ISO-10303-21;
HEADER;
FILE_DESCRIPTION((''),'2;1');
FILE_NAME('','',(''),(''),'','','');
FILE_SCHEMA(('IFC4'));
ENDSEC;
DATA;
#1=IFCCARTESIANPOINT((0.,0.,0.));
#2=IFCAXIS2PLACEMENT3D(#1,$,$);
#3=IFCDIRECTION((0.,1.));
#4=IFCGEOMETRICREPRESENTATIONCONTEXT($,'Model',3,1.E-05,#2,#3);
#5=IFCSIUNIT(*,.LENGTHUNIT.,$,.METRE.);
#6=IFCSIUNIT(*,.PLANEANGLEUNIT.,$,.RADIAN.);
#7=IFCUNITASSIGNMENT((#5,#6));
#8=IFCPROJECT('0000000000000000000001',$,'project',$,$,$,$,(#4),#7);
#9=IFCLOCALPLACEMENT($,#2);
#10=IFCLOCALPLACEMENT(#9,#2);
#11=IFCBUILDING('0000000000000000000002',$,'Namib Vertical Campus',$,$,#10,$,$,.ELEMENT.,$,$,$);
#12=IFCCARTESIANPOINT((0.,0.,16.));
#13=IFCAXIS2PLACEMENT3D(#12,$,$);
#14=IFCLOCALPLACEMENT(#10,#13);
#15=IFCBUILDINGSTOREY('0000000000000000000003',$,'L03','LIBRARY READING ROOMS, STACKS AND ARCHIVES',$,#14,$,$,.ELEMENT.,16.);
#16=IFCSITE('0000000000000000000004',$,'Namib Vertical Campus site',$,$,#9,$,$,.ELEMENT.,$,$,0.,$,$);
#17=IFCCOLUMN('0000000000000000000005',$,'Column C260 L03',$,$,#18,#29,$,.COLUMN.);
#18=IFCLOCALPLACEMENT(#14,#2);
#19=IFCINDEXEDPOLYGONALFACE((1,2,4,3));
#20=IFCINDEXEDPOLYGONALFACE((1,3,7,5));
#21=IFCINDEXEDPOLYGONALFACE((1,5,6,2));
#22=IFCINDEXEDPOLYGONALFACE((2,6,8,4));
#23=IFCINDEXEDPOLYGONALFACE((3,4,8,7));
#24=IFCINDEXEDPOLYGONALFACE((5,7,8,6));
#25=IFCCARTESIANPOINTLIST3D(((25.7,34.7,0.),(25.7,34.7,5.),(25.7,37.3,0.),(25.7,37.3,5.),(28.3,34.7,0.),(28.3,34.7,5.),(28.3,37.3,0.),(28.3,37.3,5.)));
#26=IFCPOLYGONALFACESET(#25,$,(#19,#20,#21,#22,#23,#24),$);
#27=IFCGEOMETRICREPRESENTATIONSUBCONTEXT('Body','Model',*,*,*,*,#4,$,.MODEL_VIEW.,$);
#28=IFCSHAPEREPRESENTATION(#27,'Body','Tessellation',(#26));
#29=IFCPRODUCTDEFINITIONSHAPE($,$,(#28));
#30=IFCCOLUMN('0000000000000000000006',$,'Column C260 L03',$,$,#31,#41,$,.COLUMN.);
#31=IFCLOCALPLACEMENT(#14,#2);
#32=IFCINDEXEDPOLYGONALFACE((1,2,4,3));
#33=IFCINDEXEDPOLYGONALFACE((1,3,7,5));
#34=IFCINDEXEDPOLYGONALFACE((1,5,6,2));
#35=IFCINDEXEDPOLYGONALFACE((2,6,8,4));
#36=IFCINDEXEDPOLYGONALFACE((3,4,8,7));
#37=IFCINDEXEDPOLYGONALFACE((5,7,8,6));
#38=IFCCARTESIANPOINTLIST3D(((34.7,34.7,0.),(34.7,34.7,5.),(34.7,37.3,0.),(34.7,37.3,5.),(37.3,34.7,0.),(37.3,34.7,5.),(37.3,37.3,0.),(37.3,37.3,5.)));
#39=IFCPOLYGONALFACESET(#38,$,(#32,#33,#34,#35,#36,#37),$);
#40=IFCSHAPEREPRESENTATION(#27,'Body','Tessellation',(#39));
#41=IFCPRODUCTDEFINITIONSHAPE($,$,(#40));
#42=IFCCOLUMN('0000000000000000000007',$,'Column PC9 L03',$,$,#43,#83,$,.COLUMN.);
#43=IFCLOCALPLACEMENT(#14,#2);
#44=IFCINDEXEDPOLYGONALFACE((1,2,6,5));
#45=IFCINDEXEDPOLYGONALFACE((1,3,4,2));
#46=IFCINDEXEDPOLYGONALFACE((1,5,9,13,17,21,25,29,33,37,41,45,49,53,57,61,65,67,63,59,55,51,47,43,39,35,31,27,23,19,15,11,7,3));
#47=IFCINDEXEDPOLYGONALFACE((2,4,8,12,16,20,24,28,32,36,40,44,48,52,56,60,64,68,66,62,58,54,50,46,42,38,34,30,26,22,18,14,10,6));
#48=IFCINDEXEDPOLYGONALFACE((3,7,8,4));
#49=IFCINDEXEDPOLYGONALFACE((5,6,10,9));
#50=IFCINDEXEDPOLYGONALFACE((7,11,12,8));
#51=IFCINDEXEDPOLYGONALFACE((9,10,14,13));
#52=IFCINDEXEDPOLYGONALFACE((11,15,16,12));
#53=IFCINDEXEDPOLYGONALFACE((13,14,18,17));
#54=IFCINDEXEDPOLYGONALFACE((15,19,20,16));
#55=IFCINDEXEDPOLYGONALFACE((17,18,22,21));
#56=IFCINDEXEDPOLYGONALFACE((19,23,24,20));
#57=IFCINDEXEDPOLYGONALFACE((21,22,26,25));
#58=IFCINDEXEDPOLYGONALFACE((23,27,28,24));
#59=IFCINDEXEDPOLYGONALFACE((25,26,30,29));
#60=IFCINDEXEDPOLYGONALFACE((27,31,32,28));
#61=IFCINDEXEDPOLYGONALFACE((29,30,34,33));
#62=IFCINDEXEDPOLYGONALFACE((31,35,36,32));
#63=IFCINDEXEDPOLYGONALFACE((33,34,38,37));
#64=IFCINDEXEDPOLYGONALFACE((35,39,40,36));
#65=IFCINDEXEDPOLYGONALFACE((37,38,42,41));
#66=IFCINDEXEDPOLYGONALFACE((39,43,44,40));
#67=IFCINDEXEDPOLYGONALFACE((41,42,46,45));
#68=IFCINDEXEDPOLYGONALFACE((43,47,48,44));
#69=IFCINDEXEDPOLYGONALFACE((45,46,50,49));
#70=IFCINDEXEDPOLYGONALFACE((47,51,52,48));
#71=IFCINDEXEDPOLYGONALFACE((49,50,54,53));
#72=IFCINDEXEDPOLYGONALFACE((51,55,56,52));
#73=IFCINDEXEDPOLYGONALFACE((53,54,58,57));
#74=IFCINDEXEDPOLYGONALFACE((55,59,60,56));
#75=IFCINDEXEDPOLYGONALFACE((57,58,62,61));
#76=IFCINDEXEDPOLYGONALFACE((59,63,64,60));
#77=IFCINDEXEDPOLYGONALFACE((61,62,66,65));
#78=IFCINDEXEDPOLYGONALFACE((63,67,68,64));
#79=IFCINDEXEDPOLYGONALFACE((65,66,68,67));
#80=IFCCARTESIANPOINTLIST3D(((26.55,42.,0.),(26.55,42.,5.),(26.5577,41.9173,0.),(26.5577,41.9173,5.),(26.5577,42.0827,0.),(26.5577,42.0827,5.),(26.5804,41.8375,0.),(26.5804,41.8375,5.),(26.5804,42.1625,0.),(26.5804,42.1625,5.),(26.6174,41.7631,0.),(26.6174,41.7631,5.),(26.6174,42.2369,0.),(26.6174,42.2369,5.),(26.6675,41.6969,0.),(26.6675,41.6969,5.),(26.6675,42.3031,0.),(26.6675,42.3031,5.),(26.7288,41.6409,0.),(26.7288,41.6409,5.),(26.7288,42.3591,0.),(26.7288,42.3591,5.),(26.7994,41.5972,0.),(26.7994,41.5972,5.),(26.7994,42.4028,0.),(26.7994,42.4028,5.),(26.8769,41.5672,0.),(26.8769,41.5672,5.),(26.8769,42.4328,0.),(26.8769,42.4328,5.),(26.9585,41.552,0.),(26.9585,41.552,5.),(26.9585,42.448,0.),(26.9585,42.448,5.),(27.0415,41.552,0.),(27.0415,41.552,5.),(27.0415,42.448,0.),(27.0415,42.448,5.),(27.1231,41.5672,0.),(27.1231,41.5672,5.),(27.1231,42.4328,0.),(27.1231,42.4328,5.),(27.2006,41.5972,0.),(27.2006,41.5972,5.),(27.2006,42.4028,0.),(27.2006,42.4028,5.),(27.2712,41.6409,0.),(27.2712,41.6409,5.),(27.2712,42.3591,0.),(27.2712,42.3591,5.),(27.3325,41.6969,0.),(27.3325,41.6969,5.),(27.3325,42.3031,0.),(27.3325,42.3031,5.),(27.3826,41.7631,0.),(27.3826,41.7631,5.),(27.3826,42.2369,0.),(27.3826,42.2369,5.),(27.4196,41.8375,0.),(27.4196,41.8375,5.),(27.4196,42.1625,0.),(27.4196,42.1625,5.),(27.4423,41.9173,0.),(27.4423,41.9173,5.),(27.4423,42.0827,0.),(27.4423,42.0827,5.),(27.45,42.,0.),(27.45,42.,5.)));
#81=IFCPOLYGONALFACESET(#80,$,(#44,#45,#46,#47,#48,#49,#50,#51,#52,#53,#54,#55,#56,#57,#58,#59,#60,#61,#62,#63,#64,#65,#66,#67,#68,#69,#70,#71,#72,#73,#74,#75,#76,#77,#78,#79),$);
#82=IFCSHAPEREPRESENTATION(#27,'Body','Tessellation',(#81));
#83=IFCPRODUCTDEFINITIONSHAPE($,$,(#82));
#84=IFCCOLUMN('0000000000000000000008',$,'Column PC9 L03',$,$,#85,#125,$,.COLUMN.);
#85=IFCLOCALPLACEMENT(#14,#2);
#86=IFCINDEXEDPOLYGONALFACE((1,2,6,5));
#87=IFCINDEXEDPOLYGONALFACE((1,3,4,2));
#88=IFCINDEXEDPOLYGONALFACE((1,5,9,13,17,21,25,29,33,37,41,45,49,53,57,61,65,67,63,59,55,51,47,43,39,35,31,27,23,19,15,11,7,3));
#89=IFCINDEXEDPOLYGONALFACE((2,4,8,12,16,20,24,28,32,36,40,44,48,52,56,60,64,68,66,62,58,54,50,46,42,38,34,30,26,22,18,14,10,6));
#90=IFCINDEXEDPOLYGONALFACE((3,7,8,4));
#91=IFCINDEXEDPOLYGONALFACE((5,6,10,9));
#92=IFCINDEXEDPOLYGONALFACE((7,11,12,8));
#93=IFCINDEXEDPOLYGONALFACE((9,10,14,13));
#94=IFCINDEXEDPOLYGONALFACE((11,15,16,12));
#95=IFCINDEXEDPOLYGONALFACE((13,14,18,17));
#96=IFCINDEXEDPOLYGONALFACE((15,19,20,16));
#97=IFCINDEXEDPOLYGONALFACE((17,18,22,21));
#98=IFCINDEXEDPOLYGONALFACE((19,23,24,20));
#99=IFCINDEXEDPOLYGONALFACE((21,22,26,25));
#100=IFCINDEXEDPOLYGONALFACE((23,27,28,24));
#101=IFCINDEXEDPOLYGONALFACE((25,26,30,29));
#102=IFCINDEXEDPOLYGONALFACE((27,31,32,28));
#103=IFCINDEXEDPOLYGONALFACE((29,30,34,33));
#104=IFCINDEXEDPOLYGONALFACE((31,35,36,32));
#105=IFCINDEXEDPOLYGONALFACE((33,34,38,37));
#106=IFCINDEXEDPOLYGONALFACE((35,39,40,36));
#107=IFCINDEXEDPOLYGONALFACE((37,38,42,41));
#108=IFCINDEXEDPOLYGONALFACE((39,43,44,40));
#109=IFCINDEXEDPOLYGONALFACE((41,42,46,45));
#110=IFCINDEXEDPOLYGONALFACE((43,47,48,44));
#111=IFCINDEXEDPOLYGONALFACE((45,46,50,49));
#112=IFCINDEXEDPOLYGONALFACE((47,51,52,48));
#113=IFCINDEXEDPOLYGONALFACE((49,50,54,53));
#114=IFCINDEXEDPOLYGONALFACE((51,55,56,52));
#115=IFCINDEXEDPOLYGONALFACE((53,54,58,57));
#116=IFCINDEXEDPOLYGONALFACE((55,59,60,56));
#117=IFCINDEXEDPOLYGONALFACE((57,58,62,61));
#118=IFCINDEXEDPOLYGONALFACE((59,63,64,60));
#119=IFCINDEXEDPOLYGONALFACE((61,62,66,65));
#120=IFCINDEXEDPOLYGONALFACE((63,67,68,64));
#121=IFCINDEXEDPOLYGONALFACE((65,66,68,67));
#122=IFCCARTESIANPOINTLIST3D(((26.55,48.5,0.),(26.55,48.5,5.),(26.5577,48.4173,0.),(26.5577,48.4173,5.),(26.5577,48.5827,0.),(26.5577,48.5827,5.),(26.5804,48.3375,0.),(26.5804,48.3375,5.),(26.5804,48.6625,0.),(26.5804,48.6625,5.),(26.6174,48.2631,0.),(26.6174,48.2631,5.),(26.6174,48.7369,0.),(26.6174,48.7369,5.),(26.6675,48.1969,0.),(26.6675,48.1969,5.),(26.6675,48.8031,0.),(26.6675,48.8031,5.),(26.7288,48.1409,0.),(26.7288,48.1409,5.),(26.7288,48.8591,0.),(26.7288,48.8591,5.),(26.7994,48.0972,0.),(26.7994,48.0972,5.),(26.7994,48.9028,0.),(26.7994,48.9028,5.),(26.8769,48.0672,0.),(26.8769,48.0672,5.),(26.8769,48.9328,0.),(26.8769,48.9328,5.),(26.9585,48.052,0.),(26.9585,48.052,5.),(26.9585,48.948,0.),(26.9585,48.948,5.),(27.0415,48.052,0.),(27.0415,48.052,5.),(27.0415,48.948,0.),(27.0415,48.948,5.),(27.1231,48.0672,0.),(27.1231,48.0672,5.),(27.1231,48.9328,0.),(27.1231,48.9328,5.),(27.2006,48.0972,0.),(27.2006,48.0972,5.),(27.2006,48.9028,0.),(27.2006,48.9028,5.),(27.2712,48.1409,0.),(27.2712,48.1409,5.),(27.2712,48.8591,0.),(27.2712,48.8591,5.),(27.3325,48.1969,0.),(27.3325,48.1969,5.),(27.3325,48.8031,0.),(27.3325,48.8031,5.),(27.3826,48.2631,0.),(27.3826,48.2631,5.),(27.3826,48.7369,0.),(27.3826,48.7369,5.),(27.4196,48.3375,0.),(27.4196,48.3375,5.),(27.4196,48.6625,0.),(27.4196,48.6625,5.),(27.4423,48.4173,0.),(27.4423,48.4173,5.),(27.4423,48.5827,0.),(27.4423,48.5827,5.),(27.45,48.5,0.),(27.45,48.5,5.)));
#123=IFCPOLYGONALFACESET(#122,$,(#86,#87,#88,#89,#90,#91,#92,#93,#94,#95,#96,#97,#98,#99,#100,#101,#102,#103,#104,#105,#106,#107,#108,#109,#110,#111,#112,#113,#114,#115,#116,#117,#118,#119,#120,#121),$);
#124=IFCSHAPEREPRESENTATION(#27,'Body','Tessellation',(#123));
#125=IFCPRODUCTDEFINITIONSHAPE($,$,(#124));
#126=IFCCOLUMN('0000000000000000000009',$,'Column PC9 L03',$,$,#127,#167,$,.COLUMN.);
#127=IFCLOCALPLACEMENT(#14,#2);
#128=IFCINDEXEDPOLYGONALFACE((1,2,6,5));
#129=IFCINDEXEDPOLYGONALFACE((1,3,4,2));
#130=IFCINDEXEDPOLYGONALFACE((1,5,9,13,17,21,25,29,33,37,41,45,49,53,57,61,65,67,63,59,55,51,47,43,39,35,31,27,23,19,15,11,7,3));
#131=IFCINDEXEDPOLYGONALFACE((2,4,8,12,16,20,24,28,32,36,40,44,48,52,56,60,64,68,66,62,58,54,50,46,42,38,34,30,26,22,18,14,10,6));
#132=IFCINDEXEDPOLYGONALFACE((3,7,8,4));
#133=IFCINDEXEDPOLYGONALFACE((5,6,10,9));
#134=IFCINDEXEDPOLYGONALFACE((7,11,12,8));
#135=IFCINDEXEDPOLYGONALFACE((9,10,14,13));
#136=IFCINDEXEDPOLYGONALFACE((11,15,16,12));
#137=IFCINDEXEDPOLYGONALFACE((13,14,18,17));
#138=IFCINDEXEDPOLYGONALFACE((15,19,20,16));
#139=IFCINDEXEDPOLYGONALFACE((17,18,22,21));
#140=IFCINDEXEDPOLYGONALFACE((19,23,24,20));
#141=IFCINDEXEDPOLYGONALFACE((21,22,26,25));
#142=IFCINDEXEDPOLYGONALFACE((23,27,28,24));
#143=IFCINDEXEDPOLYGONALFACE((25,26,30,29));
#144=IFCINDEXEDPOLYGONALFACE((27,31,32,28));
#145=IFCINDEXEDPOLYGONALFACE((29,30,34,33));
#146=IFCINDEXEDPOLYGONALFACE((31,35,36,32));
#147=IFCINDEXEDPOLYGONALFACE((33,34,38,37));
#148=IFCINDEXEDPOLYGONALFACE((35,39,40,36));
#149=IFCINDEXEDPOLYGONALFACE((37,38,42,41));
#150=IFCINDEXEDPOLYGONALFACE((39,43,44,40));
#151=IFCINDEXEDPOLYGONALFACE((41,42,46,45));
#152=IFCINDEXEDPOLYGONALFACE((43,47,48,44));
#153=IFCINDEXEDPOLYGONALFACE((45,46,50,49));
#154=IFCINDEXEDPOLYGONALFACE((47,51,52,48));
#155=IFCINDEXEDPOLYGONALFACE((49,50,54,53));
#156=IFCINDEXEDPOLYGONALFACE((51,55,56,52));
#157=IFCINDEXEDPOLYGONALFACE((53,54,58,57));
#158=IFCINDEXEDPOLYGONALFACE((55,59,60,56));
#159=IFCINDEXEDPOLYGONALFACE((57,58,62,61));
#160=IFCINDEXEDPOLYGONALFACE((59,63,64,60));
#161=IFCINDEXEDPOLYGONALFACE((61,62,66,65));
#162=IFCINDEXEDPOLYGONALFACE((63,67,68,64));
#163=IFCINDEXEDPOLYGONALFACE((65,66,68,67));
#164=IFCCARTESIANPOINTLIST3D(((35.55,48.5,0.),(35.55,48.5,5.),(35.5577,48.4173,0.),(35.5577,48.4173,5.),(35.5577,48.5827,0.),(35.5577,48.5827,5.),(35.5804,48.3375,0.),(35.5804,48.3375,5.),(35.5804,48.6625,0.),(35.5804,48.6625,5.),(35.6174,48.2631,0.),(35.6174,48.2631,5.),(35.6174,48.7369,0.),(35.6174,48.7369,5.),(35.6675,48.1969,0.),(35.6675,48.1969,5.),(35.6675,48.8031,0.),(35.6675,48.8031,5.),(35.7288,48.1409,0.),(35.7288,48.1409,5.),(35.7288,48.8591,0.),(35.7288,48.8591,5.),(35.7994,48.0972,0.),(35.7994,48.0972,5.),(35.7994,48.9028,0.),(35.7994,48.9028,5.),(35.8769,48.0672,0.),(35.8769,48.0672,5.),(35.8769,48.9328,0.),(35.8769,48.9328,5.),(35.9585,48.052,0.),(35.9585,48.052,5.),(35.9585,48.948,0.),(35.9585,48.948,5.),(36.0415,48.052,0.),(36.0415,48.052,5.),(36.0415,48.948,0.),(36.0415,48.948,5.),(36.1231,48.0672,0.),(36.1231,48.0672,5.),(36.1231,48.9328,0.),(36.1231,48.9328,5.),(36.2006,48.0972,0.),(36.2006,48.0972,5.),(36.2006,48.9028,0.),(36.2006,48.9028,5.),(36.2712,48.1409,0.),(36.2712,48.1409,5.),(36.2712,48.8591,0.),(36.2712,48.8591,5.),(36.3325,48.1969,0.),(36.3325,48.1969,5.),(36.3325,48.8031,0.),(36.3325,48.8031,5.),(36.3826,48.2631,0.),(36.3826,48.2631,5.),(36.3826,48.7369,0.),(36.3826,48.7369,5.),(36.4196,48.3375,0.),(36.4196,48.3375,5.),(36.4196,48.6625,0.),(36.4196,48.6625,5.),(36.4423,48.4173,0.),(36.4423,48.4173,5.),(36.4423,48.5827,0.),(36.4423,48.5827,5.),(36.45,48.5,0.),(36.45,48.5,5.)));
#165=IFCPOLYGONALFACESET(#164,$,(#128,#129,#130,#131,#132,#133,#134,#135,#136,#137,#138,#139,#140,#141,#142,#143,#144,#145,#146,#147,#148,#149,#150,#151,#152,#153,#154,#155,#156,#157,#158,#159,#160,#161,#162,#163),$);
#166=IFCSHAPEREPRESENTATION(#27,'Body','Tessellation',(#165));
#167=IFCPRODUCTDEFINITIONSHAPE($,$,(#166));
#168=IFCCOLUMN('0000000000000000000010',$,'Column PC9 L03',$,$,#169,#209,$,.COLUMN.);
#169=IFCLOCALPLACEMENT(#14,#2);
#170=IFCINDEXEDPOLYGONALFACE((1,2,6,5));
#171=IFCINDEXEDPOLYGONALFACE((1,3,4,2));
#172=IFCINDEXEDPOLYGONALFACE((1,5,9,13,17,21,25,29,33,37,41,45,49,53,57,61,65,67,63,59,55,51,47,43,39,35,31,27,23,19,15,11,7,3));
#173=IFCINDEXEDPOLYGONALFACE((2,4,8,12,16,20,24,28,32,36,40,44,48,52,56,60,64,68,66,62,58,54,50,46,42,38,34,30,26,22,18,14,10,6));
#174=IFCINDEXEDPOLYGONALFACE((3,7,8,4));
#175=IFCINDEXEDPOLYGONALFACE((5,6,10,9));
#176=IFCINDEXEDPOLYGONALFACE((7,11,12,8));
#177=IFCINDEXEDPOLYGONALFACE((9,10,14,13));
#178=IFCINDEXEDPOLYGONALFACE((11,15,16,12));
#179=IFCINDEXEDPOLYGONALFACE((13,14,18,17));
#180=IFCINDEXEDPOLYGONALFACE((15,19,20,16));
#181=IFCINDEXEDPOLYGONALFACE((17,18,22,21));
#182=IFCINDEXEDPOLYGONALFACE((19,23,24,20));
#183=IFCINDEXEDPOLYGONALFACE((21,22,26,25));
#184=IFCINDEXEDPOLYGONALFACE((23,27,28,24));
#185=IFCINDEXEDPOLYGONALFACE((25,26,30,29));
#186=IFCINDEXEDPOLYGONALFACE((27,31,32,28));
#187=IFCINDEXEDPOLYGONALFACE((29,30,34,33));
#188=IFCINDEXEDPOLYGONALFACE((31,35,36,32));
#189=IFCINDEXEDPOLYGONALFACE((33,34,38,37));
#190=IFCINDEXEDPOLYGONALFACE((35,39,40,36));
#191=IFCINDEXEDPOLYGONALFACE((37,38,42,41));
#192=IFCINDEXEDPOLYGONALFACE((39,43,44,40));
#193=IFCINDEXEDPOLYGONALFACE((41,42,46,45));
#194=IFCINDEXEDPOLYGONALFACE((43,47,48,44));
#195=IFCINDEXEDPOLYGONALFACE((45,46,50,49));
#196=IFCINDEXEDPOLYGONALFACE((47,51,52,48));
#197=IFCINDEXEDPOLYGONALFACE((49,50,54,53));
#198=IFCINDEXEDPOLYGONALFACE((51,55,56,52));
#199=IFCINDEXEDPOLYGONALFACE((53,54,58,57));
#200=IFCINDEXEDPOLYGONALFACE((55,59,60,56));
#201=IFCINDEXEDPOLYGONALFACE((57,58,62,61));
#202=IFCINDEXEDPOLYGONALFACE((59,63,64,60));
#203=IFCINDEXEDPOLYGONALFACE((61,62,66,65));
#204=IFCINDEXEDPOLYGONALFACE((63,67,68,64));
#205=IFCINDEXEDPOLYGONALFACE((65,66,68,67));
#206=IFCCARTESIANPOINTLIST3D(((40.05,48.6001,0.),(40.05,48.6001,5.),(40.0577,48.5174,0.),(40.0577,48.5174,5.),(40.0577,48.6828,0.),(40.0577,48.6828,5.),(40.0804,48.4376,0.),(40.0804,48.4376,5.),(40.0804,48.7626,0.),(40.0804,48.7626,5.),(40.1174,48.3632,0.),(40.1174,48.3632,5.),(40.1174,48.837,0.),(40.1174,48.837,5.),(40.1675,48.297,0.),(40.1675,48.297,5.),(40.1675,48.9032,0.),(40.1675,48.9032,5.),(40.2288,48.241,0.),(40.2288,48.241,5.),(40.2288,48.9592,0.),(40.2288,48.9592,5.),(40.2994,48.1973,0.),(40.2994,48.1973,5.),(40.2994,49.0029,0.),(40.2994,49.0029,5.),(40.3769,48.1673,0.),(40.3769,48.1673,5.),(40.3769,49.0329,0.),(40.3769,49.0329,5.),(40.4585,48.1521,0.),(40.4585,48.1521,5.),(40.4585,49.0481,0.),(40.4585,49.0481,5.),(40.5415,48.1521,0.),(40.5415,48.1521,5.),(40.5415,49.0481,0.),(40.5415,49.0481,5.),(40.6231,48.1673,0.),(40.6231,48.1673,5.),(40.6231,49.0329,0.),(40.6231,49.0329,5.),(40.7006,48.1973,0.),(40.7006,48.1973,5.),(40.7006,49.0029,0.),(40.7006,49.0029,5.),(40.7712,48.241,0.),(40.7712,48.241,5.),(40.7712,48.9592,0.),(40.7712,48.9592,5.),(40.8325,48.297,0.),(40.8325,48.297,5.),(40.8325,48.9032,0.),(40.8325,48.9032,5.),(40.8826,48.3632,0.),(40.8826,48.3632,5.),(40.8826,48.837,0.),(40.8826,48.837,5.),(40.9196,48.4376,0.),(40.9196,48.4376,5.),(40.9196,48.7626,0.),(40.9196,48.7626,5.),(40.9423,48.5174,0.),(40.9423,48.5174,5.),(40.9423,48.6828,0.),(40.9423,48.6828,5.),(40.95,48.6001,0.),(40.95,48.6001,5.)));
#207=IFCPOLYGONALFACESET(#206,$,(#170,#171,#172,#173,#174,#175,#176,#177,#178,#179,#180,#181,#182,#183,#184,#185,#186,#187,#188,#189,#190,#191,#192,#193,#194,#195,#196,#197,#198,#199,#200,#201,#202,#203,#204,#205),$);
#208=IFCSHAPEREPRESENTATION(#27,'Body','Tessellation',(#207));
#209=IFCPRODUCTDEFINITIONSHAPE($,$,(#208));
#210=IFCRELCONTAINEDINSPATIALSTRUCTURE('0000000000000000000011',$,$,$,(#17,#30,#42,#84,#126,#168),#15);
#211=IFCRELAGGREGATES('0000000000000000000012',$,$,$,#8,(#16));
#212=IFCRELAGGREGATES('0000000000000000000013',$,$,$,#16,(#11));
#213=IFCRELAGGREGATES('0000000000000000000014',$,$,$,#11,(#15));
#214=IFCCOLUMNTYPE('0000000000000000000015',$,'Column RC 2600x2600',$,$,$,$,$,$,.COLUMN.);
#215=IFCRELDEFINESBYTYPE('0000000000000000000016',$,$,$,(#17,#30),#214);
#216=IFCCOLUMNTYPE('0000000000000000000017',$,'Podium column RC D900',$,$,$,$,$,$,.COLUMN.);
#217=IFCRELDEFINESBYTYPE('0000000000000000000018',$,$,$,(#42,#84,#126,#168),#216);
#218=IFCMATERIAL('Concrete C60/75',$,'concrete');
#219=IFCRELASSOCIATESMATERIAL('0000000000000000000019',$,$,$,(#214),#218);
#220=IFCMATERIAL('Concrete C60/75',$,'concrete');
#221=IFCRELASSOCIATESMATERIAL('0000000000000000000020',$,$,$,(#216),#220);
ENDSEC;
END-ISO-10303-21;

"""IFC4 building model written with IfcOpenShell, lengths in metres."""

from ifc_helpers import new_model, si_unit, direction, frame, origin, origin_2d, place, context, subcontext, project, spatial, rectangle, circle, extrude, material, material_profile, profile_set, type_object, element, save


model = new_model("IFC4")

# Units and contexts
model_context = context("Model", 3, precision=1e-05, world=origin(), true_north=direction((0.0, 1.0)))
body_context = subcontext(model_context, "Body", "Model", "MODEL_VIEW")
ifc_project = project(units=[si_unit("LENGTHUNIT", "METRE"), si_unit("PLANEANGLEUNIT", "RADIAN")], contexts=[model_context])

# Site, building, storey
site_placement = place(None, origin())
site = spatial("IfcSite", under=ifc_project, at=site_placement, Name="Namib Vertical Campus site", CompositionType="ELEMENT", RefElevation=0.0)
building_placement = place(site_placement, origin())
building = spatial("IfcBuilding", under=site, at=building_placement, Name="Namib Vertical Campus", CompositionType="ELEMENT")
storey_placement = place(building_placement, frame((0.0, 0.0, 16.0)))
storey = spatial("IfcBuildingStorey", under=building, at=storey_placement, Name="L03", Description="LIBRARY READING ROOMS, STACKS AND ARCHIVES", CompositionType="ELEMENT", Elevation=16.0)

# Columns
ifc_material_1 = material(Name="Concrete C60/75", Category="concrete")
ifc_material_profile_1 = material_profile(ifc_material_1, rectangle(XDim=2.6001, YDim=2.6001, at=origin_2d()))
ifc_profile_set_1 = profile_set([ifc_material_profile_1], Name="Concrete C60/75")
column_type_1 = type_object("IfcColumnType", Name="Column RC 2600x2600", PredefinedType="COLUMN", material=ifc_profile_set_1)
for number, where, z_axis, x_axis, name in (
    (1, (27.0, 36.0, 0.0), (0.0, 0.0, 1.0), (1.0, 0.0, 0.0), "Column C260 L03"),
    (2, (36.0, 36.0, 0.0), (0.0, 0.0, 1.0), (1.0, 0.0, 0.0), "Column C260 L03"),
):
    element("IfcColumn", number, at=place(storey_placement, frame(where, z_axis=z_axis, x_axis=x_axis)), inside=storey, type_object=column_type_1, Name=name, PredefinedType="COLUMN", context=body_context, shape_type="SweptSolid", body=[
        extrude(rectangle(XDim=2.6001, YDim=2.6001, at=origin_2d()), origin(), (0.0, 0.0, 1.0), 5.0),
    ])
ifc_material_2 = material(Name="Concrete C60/75", Category="concrete")
ifc_material_profile_2 = material_profile(ifc_material_2, circle(Radius=0.45, at=origin_2d()))
ifc_profile_set_2 = profile_set([ifc_material_profile_2], Name="Concrete C60/75")
column_type_2 = type_object("IfcColumnType", Name="Podium column RC D900", PredefinedType="COLUMN", material=ifc_profile_set_2)
for number, where, z_axis, x_axis, name in (
    (3, (27.0, 42.0, 0.0), (0.0, 0.0, 1.0), (1.0, 0.0, 0.0), "Column PC9 L03"),
    (4, (27.0, 48.5, 0.0), (0.0, 0.0, 1.0), (1.0, 0.0, 0.0), "Column PC9 L03"),
    (5, (36.0, 48.5, 0.0), (0.0, 0.0, 1.0), (1.0, 0.0, 0.0), "Column PC9 L03"),
    (6, (40.5, 48.6001, 0.0), (0.0, 0.0, 1.0), (1.0, 0.0, 0.0), "Column PC9 L03"),
):
    element("IfcColumn", number, at=place(storey_placement, frame(where, z_axis=z_axis, x_axis=x_axis)), inside=storey, type_object=column_type_2, Name=name, PredefinedType="COLUMN", context=body_context, shape_type="SweptSolid", body=[
        extrude(circle(Radius=0.45, at=origin_2d()), origin(), (0.0, 0.0, 1.0), 5.0),
    ])

save(model, "model.ifc")
